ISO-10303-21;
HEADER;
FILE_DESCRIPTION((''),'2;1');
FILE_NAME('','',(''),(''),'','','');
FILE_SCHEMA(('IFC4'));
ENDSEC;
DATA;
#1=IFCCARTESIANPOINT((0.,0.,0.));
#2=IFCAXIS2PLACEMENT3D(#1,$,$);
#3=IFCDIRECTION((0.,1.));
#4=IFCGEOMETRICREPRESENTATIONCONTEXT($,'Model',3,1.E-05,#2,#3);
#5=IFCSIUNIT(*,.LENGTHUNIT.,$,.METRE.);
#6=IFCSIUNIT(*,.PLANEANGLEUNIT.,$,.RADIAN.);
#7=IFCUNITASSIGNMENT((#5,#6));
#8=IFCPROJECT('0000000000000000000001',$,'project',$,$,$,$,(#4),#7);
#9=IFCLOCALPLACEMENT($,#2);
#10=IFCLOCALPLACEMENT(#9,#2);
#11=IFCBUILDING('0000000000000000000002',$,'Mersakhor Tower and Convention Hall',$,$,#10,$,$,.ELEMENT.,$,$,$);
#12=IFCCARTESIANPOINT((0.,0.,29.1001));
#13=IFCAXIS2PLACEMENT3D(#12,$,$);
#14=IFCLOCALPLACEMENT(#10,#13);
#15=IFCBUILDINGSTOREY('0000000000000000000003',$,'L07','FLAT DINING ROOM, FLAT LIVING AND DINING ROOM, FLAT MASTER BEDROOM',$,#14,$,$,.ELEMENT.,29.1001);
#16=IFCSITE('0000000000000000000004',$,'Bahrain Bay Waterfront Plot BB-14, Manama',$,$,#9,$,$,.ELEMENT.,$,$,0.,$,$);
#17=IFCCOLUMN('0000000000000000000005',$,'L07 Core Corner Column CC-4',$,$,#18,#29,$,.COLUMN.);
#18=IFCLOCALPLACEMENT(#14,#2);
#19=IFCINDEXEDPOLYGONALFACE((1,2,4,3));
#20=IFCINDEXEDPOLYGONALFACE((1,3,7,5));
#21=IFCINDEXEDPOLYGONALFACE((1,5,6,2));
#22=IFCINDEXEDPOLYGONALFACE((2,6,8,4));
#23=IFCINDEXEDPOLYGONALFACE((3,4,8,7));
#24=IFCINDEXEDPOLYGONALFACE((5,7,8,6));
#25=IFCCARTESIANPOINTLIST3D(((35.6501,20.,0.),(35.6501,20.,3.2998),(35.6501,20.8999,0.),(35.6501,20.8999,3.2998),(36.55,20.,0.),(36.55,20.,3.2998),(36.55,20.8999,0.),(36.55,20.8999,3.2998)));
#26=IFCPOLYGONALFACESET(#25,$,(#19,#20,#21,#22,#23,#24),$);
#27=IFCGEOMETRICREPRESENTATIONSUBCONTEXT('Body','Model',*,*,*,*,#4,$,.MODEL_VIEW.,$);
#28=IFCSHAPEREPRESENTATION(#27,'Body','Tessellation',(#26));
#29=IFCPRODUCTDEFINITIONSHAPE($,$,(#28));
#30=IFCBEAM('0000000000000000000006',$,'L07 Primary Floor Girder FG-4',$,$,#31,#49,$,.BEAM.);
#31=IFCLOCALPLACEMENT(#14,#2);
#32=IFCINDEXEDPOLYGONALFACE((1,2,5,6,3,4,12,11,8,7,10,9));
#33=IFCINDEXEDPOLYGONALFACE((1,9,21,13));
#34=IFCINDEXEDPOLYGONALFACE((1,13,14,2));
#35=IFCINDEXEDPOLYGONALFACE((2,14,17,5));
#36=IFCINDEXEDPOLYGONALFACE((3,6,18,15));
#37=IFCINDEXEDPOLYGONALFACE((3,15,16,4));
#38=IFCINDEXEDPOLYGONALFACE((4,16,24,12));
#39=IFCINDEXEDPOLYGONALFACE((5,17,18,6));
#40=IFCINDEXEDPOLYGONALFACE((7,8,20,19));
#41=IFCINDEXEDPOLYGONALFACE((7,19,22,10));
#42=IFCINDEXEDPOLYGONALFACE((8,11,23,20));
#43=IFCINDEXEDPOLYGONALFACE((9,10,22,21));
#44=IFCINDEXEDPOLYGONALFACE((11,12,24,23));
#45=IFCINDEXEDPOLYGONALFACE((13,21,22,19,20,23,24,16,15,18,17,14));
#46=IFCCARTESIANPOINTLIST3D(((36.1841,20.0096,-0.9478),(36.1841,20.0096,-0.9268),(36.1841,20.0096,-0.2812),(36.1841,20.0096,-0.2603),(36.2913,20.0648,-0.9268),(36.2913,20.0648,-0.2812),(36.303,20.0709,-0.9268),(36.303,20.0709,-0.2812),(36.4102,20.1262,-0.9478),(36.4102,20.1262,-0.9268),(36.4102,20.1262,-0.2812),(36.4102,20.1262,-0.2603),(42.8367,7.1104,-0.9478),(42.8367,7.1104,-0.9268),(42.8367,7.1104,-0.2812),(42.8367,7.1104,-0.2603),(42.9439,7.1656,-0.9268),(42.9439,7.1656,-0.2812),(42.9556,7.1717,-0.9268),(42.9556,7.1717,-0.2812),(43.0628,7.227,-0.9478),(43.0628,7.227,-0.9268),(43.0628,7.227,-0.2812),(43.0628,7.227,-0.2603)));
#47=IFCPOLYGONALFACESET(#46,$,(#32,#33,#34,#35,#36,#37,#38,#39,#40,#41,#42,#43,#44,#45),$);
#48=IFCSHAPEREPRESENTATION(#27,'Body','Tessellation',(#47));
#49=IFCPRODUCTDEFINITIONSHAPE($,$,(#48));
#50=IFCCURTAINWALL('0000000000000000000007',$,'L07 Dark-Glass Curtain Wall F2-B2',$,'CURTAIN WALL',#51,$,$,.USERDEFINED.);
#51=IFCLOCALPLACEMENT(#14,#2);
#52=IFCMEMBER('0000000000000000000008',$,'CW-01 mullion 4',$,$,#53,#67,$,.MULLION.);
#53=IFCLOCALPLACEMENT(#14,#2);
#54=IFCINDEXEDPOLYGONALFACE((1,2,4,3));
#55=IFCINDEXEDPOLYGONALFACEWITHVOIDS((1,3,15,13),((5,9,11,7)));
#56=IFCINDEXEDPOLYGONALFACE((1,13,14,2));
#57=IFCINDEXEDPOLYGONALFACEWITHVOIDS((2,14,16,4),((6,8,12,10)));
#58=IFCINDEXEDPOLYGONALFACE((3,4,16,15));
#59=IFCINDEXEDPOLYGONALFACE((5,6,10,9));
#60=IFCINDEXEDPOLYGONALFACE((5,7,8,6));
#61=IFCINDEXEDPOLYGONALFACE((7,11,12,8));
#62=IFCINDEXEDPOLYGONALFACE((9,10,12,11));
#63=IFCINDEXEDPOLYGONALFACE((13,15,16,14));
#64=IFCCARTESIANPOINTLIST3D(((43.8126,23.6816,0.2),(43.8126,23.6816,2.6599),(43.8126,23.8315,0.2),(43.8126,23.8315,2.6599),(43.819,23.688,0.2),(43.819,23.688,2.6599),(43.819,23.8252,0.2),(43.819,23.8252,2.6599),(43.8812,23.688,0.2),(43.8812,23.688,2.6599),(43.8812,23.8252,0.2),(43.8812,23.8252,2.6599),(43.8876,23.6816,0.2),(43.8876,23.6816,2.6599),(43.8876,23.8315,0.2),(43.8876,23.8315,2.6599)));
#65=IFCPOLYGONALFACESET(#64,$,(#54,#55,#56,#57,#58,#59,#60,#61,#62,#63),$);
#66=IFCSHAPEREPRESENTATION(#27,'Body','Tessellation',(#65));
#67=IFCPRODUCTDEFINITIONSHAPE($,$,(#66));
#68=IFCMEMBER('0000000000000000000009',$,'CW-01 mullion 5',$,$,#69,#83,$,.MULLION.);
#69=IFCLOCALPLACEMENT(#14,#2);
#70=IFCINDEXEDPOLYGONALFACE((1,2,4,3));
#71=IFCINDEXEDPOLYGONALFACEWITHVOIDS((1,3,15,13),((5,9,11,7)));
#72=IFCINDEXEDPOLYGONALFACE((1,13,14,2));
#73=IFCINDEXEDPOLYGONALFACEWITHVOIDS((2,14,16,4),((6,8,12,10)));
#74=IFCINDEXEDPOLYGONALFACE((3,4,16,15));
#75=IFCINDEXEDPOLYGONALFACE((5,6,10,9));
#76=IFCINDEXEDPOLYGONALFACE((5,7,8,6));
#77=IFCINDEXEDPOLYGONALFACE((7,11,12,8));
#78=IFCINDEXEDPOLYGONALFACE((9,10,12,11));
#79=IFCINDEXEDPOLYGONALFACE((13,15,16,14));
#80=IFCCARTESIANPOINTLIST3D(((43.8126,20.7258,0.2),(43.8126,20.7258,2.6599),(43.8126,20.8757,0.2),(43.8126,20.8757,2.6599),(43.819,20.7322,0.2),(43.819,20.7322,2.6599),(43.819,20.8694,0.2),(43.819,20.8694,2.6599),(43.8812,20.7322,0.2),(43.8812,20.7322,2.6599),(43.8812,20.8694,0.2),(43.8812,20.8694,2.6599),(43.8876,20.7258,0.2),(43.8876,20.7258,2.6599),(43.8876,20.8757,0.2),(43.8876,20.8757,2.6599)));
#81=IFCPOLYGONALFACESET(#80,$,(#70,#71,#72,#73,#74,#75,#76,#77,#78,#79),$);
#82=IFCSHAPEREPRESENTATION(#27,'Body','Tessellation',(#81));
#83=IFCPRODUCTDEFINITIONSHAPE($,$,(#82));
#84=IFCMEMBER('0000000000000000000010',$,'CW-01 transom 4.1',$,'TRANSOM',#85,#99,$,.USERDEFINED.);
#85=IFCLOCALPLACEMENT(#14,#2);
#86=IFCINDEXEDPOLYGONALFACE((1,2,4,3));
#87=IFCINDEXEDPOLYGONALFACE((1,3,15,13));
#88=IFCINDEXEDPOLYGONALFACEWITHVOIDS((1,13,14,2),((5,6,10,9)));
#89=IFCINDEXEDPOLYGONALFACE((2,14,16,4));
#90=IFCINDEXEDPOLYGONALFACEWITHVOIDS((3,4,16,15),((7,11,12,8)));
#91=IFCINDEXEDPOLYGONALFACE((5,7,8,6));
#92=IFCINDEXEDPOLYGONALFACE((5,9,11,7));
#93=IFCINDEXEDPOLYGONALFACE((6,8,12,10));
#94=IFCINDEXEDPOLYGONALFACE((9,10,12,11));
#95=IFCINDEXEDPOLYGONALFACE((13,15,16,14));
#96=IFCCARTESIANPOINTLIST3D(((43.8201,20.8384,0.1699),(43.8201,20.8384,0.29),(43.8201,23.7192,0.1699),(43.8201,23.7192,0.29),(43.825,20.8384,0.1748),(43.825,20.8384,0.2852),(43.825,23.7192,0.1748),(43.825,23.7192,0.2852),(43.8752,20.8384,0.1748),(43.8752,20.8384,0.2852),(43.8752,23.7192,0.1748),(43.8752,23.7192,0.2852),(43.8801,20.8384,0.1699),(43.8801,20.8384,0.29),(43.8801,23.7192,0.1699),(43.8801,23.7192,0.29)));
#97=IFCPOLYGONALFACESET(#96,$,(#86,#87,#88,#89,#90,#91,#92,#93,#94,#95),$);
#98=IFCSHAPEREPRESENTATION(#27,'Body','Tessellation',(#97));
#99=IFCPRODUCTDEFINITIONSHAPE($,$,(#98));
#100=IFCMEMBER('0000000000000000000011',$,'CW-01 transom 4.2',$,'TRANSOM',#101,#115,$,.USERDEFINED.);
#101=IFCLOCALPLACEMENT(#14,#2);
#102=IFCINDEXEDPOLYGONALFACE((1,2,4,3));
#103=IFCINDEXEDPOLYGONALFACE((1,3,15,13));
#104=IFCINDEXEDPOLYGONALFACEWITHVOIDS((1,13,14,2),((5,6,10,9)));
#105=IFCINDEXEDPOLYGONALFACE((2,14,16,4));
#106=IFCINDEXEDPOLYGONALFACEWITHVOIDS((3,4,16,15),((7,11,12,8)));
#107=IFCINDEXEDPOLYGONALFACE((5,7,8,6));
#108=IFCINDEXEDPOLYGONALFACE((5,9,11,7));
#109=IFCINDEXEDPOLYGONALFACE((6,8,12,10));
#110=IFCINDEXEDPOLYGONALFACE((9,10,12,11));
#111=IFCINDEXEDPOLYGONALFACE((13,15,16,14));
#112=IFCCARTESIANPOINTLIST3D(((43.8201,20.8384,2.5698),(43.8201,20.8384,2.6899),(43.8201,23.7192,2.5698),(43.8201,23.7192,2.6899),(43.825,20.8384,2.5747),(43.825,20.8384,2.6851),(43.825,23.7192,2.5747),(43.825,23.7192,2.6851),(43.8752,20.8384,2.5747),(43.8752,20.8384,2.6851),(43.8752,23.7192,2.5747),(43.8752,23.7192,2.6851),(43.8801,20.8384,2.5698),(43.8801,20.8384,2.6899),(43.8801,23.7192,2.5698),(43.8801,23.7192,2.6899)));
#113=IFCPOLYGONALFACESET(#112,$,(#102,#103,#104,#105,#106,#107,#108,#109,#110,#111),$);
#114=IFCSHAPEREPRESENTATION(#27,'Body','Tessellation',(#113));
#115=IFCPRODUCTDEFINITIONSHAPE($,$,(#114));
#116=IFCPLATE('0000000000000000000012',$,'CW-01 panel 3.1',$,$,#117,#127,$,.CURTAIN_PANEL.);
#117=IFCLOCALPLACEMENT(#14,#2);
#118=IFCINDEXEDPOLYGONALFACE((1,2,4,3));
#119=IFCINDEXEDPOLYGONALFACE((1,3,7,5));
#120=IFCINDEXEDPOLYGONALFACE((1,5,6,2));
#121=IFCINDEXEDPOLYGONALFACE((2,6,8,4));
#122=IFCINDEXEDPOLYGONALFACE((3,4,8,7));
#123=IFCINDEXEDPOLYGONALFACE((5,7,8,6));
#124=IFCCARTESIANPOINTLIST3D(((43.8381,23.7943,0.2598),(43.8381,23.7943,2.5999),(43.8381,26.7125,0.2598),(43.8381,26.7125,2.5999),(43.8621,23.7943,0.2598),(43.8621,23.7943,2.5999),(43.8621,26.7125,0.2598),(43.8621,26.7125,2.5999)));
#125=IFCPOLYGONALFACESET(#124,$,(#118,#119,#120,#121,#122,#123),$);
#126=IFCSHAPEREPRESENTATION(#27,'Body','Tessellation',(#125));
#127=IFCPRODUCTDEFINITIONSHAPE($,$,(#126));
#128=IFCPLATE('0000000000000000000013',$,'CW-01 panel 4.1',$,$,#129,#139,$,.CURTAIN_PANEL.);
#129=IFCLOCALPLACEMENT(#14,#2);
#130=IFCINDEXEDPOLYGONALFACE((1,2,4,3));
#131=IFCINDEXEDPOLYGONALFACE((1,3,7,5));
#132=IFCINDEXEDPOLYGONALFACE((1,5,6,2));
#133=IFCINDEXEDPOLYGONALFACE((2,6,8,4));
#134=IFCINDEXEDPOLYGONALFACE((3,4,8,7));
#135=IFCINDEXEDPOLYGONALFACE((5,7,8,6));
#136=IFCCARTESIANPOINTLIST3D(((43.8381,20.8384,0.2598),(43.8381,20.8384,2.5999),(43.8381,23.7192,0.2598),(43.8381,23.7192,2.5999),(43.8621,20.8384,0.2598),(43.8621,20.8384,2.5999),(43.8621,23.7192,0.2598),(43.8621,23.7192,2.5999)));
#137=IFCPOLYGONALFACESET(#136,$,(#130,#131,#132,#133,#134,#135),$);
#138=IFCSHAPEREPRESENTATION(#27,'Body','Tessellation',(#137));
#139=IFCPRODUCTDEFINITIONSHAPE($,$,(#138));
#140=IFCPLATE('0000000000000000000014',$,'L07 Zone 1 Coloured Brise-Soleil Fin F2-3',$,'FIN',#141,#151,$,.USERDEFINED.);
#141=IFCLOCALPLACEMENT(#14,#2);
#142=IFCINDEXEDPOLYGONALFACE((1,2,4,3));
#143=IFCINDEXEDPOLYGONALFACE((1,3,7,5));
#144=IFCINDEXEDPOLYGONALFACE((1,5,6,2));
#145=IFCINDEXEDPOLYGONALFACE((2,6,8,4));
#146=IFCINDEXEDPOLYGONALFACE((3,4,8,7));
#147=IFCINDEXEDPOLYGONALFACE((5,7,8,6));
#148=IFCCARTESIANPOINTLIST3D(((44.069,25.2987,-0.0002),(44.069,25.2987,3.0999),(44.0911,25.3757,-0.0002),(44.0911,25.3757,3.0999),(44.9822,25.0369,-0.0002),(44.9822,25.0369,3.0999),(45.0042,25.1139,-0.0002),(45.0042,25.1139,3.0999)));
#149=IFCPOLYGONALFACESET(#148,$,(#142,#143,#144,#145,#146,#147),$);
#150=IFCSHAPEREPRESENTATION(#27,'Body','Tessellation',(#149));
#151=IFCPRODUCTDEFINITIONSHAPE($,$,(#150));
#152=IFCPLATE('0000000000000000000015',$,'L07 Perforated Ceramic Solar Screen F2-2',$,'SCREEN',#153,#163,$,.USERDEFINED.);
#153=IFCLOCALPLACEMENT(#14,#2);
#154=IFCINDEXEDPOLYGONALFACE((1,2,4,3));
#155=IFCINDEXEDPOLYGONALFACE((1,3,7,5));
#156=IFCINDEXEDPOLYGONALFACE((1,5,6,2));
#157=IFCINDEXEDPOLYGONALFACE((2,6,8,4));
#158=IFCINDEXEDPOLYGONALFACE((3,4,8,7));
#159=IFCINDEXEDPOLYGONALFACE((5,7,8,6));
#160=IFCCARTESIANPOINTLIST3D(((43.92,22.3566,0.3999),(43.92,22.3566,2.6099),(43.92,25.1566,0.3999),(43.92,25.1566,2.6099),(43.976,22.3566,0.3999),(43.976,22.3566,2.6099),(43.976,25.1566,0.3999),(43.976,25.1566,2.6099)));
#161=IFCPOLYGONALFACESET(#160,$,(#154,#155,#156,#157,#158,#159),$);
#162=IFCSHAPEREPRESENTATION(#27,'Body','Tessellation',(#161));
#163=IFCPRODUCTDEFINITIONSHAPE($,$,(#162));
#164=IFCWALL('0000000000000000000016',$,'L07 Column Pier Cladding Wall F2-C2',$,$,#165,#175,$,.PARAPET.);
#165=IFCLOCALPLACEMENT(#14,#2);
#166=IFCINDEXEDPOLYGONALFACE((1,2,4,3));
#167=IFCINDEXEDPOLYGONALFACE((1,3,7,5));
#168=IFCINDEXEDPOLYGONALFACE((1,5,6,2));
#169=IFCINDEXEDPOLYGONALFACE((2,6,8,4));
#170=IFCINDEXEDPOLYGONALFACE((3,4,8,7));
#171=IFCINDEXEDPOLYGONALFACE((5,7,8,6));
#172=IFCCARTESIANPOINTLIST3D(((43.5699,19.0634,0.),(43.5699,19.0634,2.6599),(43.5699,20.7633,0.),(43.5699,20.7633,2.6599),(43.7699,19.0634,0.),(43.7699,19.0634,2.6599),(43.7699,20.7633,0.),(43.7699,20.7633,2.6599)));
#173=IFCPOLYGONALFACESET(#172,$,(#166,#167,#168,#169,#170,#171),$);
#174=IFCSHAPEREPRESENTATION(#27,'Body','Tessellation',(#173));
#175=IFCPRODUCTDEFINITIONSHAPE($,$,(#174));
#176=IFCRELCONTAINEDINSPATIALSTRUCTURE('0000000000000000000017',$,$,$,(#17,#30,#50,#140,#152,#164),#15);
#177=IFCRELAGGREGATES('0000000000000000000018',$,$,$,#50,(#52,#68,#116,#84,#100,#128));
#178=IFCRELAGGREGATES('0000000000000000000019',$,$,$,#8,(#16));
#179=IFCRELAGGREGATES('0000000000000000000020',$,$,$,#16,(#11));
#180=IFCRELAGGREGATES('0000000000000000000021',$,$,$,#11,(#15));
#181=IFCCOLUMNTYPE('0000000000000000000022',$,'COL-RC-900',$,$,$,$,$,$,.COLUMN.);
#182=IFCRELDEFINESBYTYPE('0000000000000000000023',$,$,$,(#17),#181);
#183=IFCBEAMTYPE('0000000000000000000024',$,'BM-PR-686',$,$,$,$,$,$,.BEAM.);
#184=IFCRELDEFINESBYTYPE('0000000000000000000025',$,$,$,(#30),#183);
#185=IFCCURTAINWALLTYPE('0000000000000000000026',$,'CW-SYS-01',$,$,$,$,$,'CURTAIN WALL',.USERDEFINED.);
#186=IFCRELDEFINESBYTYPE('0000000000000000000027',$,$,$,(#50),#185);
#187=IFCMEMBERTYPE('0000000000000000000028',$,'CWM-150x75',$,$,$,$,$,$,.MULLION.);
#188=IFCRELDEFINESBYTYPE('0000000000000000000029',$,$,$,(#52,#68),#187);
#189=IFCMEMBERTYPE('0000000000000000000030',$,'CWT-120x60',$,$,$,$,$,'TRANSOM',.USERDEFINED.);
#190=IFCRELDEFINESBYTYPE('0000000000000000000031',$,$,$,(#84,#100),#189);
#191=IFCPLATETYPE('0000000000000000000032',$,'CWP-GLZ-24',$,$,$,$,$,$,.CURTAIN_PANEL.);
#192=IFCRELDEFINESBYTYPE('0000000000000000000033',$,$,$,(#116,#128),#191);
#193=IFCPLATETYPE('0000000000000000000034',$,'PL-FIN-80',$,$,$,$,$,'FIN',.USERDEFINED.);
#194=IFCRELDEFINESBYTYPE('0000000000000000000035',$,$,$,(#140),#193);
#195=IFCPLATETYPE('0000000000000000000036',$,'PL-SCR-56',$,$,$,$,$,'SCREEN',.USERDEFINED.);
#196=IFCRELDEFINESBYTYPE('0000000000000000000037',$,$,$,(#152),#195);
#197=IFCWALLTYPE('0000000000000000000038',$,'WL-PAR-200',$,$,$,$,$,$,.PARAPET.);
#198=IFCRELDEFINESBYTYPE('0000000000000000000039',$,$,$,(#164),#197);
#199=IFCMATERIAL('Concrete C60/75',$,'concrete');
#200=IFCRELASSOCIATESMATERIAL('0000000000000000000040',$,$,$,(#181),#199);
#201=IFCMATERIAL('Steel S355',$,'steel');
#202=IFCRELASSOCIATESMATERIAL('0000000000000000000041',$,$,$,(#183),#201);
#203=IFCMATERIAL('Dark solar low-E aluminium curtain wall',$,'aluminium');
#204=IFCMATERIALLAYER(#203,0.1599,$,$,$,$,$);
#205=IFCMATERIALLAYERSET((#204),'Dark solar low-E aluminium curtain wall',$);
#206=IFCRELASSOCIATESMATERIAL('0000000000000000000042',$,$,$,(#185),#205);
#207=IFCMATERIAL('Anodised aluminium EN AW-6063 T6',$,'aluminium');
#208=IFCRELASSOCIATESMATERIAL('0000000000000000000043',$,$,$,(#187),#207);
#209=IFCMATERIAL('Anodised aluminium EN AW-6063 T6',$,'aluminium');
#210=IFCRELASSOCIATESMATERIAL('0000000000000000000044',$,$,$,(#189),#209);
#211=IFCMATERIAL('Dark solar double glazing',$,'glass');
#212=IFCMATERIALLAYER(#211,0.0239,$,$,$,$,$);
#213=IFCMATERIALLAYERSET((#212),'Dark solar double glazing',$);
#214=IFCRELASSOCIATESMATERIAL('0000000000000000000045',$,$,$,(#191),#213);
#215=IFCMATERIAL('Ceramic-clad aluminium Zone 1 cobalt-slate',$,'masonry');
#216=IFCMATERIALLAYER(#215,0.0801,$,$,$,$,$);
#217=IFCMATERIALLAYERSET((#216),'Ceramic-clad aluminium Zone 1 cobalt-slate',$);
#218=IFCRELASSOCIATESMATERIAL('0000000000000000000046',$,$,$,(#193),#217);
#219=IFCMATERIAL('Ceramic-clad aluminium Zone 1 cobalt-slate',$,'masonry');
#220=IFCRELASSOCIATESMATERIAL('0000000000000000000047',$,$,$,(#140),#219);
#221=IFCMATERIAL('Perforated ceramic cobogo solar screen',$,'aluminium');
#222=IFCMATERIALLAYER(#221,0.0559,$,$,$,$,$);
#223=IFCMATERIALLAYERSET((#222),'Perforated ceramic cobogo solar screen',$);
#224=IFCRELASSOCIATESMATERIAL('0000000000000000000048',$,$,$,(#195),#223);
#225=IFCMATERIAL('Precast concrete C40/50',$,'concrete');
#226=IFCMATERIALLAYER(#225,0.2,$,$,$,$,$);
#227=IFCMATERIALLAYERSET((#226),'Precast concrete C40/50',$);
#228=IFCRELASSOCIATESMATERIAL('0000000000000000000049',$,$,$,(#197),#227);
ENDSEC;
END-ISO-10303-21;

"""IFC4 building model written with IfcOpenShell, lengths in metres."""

from ifc_helpers import new_model, si_unit, direction, frame, frame_2d, origin, origin_2d, place, context, subcontext, project, spatial, rectangle, hollow_rectangle, i_section, extrude, material, layer, layer_set, material_profile, profile_set, type_object, element, aggregate, save


model = new_model("IFC4")

# Units and contexts
model_context = context("Model", 3, precision=1e-05, world=origin(), true_north=direction((0.0, 1.0)))
body_context = subcontext(model_context, "Body", "Model", "MODEL_VIEW")
ifc_project = project(units=[si_unit("LENGTHUNIT", "METRE"), si_unit("PLANEANGLEUNIT", "RADIAN")], contexts=[model_context])

# Site, building, storey
site_placement = place(None, origin())
site = spatial("IfcSite", under=ifc_project, at=site_placement, Name="Bahrain Bay Waterfront Plot BB-14, Manama", CompositionType="ELEMENT", RefElevation=0.0)
building_placement = place(site_placement, origin())
building = spatial("IfcBuilding", under=site, at=building_placement, Name="Mersakhor Tower and Convention Hall", CompositionType="ELEMENT")
storey_placement = place(building_placement, frame((0.0, 0.0, 29.1001)))
storey = spatial("IfcBuildingStorey", under=building, at=storey_placement, Name="L07", Description="FLAT DINING ROOM, FLAT LIVING AND DINING ROOM, FLAT MASTER BEDROOM", CompositionType="ELEMENT", Elevation=29.1001)

# Column
ifc_material_1 = material(Name="Concrete C60/75", Category="concrete")
ifc_material_profile_1 = material_profile(ifc_material_1, rectangle(XDim=0.8999, YDim=0.8999, at=origin_2d()), Name="RC 900x900")
ifc_profile_set_1 = profile_set([ifc_material_profile_1], Name="Concrete C60/75")
column_type = type_object("IfcColumnType", Name="COL-RC-900", PredefinedType="COLUMN", material=ifc_profile_set_1)
column_placement = place(storey_placement, frame((36.1001, 20.45, 0.0), z_axis=(0.0, 0.0, 1.0), x_axis=(1.0, 0.0, 0.0)))
element("IfcColumn", 1, at=column_placement, inside=storey, type_object=column_type, Name="L07 Core Corner Column CC-4", PredefinedType="COLUMN", context=body_context, shape_type="SweptSolid", body=[
    extrude(rectangle(XDim=0.8999, YDim=0.8999, at=origin_2d()), origin(), (0.0, 0.0, 1.0), 3.2998),
])

# Beam
ifc_material_2 = material(Name="Steel S355", Category="steel")
ifc_material_profile_2 = material_profile(ifc_material_2, i_section(OverallWidth=0.2544, OverallDepth=0.6875, WebThickness=0.0132, FlangeThickness=0.021, at=origin_2d()), Name="UB 686x254x152")
ifc_profile_set_2 = profile_set([ifc_material_profile_2], Name="Steel S355")
beam_type = type_object("IfcBeamType", Name="BM-PR-686", PredefinedType="BEAM", material=ifc_profile_set_2)
beam_placement = place(storey_placement, frame((36.2971, 20.0679, -0.604), z_axis=(0.458368, -0.888762, 0.0), x_axis=(0.888762, 0.458368, 0.0)))
element("IfcBeam", 2, at=beam_placement, inside=storey, type_object=beam_type, Name="L07 Primary Floor Girder FG-4", PredefinedType="BEAM", context=body_context, shape_type="SweptSolid", body=[
    extrude(i_section(OverallWidth=0.2544, OverallDepth=0.6875, WebThickness=0.0132, FlangeThickness=0.021, at=origin_2d()), origin(), (0.0, 0.0, 1.0), 14.5137),
])

# Curtain wall, members, plates
ifc_material_3 = material(Name="Dark solar low-E aluminium curtain wall", Category="aluminium")
ifc_layer_1 = layer(ifc_material_3, 0.1599)
ifc_layer_set_1 = layer_set([ifc_layer_1], Name="Dark solar low-E aluminium curtain wall")
curtain_wall_type = type_object("IfcCurtainWallType", Name="CW-SYS-01", ElementType="CURTAIN WALL", PredefinedType="USERDEFINED", material=ifc_layer_set_1)
curtain_wall_placement = place(storey_placement, origin())
curtain_wall = element("IfcCurtainWall", 3, at=curtain_wall_placement, inside=storey, type_object=curtain_wall_type, Name="L07 Dark-Glass Curtain Wall F2-B2", ObjectType="CURTAIN WALL", PredefinedType="USERDEFINED")
ifc_material_4 = material(Name="Anodised aluminium EN AW-6063 T6", Category="aluminium")
ifc_material_profile_3 = material_profile(ifc_material_4, hollow_rectangle(XDim=0.075, YDim=0.1499, WallThickness=0.0063, at=origin_2d()), Name="RHS 150x75x6.3")
ifc_profile_set_3 = profile_set([ifc_material_profile_3], Name="Anodised aluminium EN AW-6063 T6")
member_type_1 = type_object("IfcMemberType", Name="CWM-150x75", PredefinedType="MULLION", material=ifc_profile_set_3)
member_1_placement = place(storey_placement, frame((43.8501, 23.7566, 0.2), z_axis=(0.0, 0.0, 1.0), x_axis=(1.0, 0.0, 0.0)))
member_1 = element("IfcMember", 4, at=member_1_placement, type_object=member_type_1, Name="CW-01 mullion 4", PredefinedType="MULLION", context=body_context, shape_type="SweptSolid", body=[
    extrude(hollow_rectangle(XDim=0.075, YDim=0.1499, WallThickness=0.0063, at=origin_2d()), origin(), (0.0, 0.0, 1.0), 2.46),
])
member_2_placement = place(storey_placement, frame((43.8501, 20.8008, 0.2), z_axis=(0.0, 0.0, 1.0), x_axis=(1.0, 0.0, 0.0)))
member_2 = element("IfcMember", 5, at=member_2_placement, type_object=member_type_1, Name="CW-01 mullion 5", PredefinedType="MULLION", context=body_context, shape_type="SweptSolid", body=[
    extrude(hollow_rectangle(XDim=0.075, YDim=0.1499, WallThickness=0.0063, at=origin_2d()), origin(), (0.0, 0.0, 1.0), 2.46),
])
ifc_material_5 = material(Name="Anodised aluminium EN AW-6063 T6", Category="aluminium")
ifc_material_profile_4 = material_profile(ifc_material_5, hollow_rectangle(XDim=0.0601, YDim=0.1201, WallThickness=0.0049, at=origin_2d()), Name="RHS 120x60x5")
ifc_profile_set_4 = profile_set([ifc_material_profile_4], Name="Anodised aluminium EN AW-6063 T6")
member_type_2 = type_object("IfcMemberType", Name="CWT-120x60", ElementType="TRANSOM", PredefinedType="USERDEFINED", material=ifc_profile_set_4)
member_3_placement = place(storey_placement, frame((43.8501, 23.7192, 0.23), z_axis=(0.0, -1.0, 0.0), x_axis=(1.0, 0.0, 0.0)))
member_3 = element("IfcMember", 6, at=member_3_placement, type_object=member_type_2, Name="CW-01 transom 4.1", ObjectType="TRANSOM", PredefinedType="USERDEFINED", context=body_context, shape_type="SweptSolid", body=[
    extrude(hollow_rectangle(XDim=0.0601, YDim=0.1201, WallThickness=0.0049, at=origin_2d()), origin(), (0.0, 0.0, 1.0), 2.8809),
])
member_4_placement = place(storey_placement, frame((43.8501, 23.7192, 2.6299), z_axis=(0.0, -1.0, 0.0), x_axis=(1.0, 0.0, 0.0)))
member_4 = element("IfcMember", 7, at=member_4_placement, type_object=member_type_2, Name="CW-01 transom 4.2", ObjectType="TRANSOM", PredefinedType="USERDEFINED", context=body_context, shape_type="SweptSolid", body=[
    extrude(hollow_rectangle(XDim=0.0601, YDim=0.1201, WallThickness=0.0049, at=origin_2d()), origin(), (0.0, 0.0, 1.0), 2.8809),
])
ifc_material_6 = material(Name="Dark solar double glazing", Category="glass")
ifc_layer_2 = layer(ifc_material_6, 0.0239)
ifc_layer_set_2 = layer_set([ifc_layer_2], Name="Dark solar double glazing")
plate_type_1 = type_object("IfcPlateType", Name="CWP-GLZ-24", PredefinedType="CURTAIN_PANEL", material=ifc_layer_set_2)
plate_1_placement = place(storey_placement, frame((43.8501, 25.2534, 0.2598), z_axis=(0.0, 0.0, 1.0), x_axis=(0.0, -1.0, 0.0)))
plate_1 = element("IfcPlate", 8, at=plate_1_placement, type_object=plate_type_1, Name="CW-01 panel 3.1", PredefinedType="CURTAIN_PANEL", context=body_context, shape_type="SweptSolid", body=[
    extrude(rectangle(XDim=2.9182, YDim=0.0239, at=origin_2d()), origin(), (0.0, 0.0, 1.0), 2.3401),
])
plate_2_placement = place(storey_placement, frame((43.8501, 22.2788, 0.2598), z_axis=(0.0, 0.0, 1.0), x_axis=(0.0, -1.0, 0.0)))
plate_2 = element("IfcPlate", 9, at=plate_2_placement, type_object=plate_type_1, Name="CW-01 panel 4.1", PredefinedType="CURTAIN_PANEL", context=body_context, shape_type="SweptSolid", body=[
    extrude(rectangle(XDim=2.8809, YDim=0.0239, at=origin_2d()), origin(), (0.0, 0.0, 1.0), 2.3401),
])
aggregate(curtain_wall, [member_1, member_2, plate_1, member_3, member_4, plate_2])

# Plates
ifc_material_7 = material(Name="Ceramic-clad aluminium Zone 1 cobalt-slate", Category="masonry")
ifc_material_8 = material(Name="Ceramic-clad aluminium Zone 1 cobalt-slate", Category="masonry")
ifc_layer_3 = layer(ifc_material_8, 0.0801)
ifc_layer_set_3 = layer_set([ifc_layer_3], Name="Ceramic-clad aluminium Zone 1 cobalt-slate")
plate_type_2 = type_object("IfcPlateType", Name="PL-FIN-80", ElementType="FIN", PredefinedType="USERDEFINED", material=ifc_layer_set_3)
plate_3_placement = place(storey_placement, frame((44.5366, 25.2063, -0.0002), z_axis=(0.0, 0.0, 1.0), x_axis=(0.961262, -0.275637, 0.0)))
element("IfcPlate", 10, at=plate_3_placement, inside=storey, type_object=plate_type_2, material=ifc_material_7, Name="L07 Zone 1 Coloured Brise-Soleil Fin F2-3", ObjectType="FIN", PredefinedType="USERDEFINED", context=body_context, shape_type="SweptSolid", body=[
    extrude(rectangle(XDim=0.95, YDim=0.0801, at=origin_2d()), origin(), (0.0, 0.0, 1.0), 3.1001),
])
ifc_material_9 = material(Name="Perforated ceramic cobogo solar screen", Category="aluminium")
ifc_layer_4 = layer(ifc_material_9, 0.0559)
ifc_layer_set_4 = layer_set([ifc_layer_4], Name="Perforated ceramic cobogo solar screen")
plate_type_3 = type_object("IfcPlateType", Name="PL-SCR-56", ElementType="SCREEN", PredefinedType="USERDEFINED", material=ifc_layer_set_4)
plate_4_placement = place(storey_placement, frame((43.948, 23.7566, 0.3999), z_axis=(0.0, 0.0, 1.0), x_axis=(0.0, -1.0, 0.0)))
element("IfcPlate", 11, at=plate_4_placement, inside=storey, type_object=plate_type_3, Name="L07 Perforated Ceramic Solar Screen F2-2", ObjectType="SCREEN", PredefinedType="USERDEFINED", context=body_context, shape_type="SweptSolid", body=[
    extrude(rectangle(XDim=2.8, YDim=0.0559, at=origin_2d()), origin(), (0.0, 0.0, 1.0), 2.21),
])

# Wall
ifc_material_10 = material(Name="Precast concrete C40/50", Category="concrete")
ifc_layer_5 = layer(ifc_material_10, 0.2)
ifc_layer_set_5 = layer_set([ifc_layer_5], Name="Precast concrete C40/50")
wall_type_1 = type_object("IfcWallType", Name="WL-PAR-200", PredefinedType="PARAPET", material=ifc_layer_set_5)
wall_1_placement = place(storey_placement, frame((43.6699, 20.7634, 0.0), z_axis=(0.0, 0.0, 1.0), x_axis=(0.0, -1.0, 0.0)))
element("IfcWall", 12, at=wall_1_placement, inside=storey, type_object=wall_type_1, Name="L07 Column Pier Cladding Wall F2-C2", PredefinedType="PARAPET", context=body_context, shape_type="SweptSolid", body=[
    extrude(rectangle(XDim=1.7, YDim=0.2, at=frame_2d((0.8501, 0.0))), origin(), (0.0, 0.0, 1.0), 2.6599),
])

save(model, "model.ifc")
